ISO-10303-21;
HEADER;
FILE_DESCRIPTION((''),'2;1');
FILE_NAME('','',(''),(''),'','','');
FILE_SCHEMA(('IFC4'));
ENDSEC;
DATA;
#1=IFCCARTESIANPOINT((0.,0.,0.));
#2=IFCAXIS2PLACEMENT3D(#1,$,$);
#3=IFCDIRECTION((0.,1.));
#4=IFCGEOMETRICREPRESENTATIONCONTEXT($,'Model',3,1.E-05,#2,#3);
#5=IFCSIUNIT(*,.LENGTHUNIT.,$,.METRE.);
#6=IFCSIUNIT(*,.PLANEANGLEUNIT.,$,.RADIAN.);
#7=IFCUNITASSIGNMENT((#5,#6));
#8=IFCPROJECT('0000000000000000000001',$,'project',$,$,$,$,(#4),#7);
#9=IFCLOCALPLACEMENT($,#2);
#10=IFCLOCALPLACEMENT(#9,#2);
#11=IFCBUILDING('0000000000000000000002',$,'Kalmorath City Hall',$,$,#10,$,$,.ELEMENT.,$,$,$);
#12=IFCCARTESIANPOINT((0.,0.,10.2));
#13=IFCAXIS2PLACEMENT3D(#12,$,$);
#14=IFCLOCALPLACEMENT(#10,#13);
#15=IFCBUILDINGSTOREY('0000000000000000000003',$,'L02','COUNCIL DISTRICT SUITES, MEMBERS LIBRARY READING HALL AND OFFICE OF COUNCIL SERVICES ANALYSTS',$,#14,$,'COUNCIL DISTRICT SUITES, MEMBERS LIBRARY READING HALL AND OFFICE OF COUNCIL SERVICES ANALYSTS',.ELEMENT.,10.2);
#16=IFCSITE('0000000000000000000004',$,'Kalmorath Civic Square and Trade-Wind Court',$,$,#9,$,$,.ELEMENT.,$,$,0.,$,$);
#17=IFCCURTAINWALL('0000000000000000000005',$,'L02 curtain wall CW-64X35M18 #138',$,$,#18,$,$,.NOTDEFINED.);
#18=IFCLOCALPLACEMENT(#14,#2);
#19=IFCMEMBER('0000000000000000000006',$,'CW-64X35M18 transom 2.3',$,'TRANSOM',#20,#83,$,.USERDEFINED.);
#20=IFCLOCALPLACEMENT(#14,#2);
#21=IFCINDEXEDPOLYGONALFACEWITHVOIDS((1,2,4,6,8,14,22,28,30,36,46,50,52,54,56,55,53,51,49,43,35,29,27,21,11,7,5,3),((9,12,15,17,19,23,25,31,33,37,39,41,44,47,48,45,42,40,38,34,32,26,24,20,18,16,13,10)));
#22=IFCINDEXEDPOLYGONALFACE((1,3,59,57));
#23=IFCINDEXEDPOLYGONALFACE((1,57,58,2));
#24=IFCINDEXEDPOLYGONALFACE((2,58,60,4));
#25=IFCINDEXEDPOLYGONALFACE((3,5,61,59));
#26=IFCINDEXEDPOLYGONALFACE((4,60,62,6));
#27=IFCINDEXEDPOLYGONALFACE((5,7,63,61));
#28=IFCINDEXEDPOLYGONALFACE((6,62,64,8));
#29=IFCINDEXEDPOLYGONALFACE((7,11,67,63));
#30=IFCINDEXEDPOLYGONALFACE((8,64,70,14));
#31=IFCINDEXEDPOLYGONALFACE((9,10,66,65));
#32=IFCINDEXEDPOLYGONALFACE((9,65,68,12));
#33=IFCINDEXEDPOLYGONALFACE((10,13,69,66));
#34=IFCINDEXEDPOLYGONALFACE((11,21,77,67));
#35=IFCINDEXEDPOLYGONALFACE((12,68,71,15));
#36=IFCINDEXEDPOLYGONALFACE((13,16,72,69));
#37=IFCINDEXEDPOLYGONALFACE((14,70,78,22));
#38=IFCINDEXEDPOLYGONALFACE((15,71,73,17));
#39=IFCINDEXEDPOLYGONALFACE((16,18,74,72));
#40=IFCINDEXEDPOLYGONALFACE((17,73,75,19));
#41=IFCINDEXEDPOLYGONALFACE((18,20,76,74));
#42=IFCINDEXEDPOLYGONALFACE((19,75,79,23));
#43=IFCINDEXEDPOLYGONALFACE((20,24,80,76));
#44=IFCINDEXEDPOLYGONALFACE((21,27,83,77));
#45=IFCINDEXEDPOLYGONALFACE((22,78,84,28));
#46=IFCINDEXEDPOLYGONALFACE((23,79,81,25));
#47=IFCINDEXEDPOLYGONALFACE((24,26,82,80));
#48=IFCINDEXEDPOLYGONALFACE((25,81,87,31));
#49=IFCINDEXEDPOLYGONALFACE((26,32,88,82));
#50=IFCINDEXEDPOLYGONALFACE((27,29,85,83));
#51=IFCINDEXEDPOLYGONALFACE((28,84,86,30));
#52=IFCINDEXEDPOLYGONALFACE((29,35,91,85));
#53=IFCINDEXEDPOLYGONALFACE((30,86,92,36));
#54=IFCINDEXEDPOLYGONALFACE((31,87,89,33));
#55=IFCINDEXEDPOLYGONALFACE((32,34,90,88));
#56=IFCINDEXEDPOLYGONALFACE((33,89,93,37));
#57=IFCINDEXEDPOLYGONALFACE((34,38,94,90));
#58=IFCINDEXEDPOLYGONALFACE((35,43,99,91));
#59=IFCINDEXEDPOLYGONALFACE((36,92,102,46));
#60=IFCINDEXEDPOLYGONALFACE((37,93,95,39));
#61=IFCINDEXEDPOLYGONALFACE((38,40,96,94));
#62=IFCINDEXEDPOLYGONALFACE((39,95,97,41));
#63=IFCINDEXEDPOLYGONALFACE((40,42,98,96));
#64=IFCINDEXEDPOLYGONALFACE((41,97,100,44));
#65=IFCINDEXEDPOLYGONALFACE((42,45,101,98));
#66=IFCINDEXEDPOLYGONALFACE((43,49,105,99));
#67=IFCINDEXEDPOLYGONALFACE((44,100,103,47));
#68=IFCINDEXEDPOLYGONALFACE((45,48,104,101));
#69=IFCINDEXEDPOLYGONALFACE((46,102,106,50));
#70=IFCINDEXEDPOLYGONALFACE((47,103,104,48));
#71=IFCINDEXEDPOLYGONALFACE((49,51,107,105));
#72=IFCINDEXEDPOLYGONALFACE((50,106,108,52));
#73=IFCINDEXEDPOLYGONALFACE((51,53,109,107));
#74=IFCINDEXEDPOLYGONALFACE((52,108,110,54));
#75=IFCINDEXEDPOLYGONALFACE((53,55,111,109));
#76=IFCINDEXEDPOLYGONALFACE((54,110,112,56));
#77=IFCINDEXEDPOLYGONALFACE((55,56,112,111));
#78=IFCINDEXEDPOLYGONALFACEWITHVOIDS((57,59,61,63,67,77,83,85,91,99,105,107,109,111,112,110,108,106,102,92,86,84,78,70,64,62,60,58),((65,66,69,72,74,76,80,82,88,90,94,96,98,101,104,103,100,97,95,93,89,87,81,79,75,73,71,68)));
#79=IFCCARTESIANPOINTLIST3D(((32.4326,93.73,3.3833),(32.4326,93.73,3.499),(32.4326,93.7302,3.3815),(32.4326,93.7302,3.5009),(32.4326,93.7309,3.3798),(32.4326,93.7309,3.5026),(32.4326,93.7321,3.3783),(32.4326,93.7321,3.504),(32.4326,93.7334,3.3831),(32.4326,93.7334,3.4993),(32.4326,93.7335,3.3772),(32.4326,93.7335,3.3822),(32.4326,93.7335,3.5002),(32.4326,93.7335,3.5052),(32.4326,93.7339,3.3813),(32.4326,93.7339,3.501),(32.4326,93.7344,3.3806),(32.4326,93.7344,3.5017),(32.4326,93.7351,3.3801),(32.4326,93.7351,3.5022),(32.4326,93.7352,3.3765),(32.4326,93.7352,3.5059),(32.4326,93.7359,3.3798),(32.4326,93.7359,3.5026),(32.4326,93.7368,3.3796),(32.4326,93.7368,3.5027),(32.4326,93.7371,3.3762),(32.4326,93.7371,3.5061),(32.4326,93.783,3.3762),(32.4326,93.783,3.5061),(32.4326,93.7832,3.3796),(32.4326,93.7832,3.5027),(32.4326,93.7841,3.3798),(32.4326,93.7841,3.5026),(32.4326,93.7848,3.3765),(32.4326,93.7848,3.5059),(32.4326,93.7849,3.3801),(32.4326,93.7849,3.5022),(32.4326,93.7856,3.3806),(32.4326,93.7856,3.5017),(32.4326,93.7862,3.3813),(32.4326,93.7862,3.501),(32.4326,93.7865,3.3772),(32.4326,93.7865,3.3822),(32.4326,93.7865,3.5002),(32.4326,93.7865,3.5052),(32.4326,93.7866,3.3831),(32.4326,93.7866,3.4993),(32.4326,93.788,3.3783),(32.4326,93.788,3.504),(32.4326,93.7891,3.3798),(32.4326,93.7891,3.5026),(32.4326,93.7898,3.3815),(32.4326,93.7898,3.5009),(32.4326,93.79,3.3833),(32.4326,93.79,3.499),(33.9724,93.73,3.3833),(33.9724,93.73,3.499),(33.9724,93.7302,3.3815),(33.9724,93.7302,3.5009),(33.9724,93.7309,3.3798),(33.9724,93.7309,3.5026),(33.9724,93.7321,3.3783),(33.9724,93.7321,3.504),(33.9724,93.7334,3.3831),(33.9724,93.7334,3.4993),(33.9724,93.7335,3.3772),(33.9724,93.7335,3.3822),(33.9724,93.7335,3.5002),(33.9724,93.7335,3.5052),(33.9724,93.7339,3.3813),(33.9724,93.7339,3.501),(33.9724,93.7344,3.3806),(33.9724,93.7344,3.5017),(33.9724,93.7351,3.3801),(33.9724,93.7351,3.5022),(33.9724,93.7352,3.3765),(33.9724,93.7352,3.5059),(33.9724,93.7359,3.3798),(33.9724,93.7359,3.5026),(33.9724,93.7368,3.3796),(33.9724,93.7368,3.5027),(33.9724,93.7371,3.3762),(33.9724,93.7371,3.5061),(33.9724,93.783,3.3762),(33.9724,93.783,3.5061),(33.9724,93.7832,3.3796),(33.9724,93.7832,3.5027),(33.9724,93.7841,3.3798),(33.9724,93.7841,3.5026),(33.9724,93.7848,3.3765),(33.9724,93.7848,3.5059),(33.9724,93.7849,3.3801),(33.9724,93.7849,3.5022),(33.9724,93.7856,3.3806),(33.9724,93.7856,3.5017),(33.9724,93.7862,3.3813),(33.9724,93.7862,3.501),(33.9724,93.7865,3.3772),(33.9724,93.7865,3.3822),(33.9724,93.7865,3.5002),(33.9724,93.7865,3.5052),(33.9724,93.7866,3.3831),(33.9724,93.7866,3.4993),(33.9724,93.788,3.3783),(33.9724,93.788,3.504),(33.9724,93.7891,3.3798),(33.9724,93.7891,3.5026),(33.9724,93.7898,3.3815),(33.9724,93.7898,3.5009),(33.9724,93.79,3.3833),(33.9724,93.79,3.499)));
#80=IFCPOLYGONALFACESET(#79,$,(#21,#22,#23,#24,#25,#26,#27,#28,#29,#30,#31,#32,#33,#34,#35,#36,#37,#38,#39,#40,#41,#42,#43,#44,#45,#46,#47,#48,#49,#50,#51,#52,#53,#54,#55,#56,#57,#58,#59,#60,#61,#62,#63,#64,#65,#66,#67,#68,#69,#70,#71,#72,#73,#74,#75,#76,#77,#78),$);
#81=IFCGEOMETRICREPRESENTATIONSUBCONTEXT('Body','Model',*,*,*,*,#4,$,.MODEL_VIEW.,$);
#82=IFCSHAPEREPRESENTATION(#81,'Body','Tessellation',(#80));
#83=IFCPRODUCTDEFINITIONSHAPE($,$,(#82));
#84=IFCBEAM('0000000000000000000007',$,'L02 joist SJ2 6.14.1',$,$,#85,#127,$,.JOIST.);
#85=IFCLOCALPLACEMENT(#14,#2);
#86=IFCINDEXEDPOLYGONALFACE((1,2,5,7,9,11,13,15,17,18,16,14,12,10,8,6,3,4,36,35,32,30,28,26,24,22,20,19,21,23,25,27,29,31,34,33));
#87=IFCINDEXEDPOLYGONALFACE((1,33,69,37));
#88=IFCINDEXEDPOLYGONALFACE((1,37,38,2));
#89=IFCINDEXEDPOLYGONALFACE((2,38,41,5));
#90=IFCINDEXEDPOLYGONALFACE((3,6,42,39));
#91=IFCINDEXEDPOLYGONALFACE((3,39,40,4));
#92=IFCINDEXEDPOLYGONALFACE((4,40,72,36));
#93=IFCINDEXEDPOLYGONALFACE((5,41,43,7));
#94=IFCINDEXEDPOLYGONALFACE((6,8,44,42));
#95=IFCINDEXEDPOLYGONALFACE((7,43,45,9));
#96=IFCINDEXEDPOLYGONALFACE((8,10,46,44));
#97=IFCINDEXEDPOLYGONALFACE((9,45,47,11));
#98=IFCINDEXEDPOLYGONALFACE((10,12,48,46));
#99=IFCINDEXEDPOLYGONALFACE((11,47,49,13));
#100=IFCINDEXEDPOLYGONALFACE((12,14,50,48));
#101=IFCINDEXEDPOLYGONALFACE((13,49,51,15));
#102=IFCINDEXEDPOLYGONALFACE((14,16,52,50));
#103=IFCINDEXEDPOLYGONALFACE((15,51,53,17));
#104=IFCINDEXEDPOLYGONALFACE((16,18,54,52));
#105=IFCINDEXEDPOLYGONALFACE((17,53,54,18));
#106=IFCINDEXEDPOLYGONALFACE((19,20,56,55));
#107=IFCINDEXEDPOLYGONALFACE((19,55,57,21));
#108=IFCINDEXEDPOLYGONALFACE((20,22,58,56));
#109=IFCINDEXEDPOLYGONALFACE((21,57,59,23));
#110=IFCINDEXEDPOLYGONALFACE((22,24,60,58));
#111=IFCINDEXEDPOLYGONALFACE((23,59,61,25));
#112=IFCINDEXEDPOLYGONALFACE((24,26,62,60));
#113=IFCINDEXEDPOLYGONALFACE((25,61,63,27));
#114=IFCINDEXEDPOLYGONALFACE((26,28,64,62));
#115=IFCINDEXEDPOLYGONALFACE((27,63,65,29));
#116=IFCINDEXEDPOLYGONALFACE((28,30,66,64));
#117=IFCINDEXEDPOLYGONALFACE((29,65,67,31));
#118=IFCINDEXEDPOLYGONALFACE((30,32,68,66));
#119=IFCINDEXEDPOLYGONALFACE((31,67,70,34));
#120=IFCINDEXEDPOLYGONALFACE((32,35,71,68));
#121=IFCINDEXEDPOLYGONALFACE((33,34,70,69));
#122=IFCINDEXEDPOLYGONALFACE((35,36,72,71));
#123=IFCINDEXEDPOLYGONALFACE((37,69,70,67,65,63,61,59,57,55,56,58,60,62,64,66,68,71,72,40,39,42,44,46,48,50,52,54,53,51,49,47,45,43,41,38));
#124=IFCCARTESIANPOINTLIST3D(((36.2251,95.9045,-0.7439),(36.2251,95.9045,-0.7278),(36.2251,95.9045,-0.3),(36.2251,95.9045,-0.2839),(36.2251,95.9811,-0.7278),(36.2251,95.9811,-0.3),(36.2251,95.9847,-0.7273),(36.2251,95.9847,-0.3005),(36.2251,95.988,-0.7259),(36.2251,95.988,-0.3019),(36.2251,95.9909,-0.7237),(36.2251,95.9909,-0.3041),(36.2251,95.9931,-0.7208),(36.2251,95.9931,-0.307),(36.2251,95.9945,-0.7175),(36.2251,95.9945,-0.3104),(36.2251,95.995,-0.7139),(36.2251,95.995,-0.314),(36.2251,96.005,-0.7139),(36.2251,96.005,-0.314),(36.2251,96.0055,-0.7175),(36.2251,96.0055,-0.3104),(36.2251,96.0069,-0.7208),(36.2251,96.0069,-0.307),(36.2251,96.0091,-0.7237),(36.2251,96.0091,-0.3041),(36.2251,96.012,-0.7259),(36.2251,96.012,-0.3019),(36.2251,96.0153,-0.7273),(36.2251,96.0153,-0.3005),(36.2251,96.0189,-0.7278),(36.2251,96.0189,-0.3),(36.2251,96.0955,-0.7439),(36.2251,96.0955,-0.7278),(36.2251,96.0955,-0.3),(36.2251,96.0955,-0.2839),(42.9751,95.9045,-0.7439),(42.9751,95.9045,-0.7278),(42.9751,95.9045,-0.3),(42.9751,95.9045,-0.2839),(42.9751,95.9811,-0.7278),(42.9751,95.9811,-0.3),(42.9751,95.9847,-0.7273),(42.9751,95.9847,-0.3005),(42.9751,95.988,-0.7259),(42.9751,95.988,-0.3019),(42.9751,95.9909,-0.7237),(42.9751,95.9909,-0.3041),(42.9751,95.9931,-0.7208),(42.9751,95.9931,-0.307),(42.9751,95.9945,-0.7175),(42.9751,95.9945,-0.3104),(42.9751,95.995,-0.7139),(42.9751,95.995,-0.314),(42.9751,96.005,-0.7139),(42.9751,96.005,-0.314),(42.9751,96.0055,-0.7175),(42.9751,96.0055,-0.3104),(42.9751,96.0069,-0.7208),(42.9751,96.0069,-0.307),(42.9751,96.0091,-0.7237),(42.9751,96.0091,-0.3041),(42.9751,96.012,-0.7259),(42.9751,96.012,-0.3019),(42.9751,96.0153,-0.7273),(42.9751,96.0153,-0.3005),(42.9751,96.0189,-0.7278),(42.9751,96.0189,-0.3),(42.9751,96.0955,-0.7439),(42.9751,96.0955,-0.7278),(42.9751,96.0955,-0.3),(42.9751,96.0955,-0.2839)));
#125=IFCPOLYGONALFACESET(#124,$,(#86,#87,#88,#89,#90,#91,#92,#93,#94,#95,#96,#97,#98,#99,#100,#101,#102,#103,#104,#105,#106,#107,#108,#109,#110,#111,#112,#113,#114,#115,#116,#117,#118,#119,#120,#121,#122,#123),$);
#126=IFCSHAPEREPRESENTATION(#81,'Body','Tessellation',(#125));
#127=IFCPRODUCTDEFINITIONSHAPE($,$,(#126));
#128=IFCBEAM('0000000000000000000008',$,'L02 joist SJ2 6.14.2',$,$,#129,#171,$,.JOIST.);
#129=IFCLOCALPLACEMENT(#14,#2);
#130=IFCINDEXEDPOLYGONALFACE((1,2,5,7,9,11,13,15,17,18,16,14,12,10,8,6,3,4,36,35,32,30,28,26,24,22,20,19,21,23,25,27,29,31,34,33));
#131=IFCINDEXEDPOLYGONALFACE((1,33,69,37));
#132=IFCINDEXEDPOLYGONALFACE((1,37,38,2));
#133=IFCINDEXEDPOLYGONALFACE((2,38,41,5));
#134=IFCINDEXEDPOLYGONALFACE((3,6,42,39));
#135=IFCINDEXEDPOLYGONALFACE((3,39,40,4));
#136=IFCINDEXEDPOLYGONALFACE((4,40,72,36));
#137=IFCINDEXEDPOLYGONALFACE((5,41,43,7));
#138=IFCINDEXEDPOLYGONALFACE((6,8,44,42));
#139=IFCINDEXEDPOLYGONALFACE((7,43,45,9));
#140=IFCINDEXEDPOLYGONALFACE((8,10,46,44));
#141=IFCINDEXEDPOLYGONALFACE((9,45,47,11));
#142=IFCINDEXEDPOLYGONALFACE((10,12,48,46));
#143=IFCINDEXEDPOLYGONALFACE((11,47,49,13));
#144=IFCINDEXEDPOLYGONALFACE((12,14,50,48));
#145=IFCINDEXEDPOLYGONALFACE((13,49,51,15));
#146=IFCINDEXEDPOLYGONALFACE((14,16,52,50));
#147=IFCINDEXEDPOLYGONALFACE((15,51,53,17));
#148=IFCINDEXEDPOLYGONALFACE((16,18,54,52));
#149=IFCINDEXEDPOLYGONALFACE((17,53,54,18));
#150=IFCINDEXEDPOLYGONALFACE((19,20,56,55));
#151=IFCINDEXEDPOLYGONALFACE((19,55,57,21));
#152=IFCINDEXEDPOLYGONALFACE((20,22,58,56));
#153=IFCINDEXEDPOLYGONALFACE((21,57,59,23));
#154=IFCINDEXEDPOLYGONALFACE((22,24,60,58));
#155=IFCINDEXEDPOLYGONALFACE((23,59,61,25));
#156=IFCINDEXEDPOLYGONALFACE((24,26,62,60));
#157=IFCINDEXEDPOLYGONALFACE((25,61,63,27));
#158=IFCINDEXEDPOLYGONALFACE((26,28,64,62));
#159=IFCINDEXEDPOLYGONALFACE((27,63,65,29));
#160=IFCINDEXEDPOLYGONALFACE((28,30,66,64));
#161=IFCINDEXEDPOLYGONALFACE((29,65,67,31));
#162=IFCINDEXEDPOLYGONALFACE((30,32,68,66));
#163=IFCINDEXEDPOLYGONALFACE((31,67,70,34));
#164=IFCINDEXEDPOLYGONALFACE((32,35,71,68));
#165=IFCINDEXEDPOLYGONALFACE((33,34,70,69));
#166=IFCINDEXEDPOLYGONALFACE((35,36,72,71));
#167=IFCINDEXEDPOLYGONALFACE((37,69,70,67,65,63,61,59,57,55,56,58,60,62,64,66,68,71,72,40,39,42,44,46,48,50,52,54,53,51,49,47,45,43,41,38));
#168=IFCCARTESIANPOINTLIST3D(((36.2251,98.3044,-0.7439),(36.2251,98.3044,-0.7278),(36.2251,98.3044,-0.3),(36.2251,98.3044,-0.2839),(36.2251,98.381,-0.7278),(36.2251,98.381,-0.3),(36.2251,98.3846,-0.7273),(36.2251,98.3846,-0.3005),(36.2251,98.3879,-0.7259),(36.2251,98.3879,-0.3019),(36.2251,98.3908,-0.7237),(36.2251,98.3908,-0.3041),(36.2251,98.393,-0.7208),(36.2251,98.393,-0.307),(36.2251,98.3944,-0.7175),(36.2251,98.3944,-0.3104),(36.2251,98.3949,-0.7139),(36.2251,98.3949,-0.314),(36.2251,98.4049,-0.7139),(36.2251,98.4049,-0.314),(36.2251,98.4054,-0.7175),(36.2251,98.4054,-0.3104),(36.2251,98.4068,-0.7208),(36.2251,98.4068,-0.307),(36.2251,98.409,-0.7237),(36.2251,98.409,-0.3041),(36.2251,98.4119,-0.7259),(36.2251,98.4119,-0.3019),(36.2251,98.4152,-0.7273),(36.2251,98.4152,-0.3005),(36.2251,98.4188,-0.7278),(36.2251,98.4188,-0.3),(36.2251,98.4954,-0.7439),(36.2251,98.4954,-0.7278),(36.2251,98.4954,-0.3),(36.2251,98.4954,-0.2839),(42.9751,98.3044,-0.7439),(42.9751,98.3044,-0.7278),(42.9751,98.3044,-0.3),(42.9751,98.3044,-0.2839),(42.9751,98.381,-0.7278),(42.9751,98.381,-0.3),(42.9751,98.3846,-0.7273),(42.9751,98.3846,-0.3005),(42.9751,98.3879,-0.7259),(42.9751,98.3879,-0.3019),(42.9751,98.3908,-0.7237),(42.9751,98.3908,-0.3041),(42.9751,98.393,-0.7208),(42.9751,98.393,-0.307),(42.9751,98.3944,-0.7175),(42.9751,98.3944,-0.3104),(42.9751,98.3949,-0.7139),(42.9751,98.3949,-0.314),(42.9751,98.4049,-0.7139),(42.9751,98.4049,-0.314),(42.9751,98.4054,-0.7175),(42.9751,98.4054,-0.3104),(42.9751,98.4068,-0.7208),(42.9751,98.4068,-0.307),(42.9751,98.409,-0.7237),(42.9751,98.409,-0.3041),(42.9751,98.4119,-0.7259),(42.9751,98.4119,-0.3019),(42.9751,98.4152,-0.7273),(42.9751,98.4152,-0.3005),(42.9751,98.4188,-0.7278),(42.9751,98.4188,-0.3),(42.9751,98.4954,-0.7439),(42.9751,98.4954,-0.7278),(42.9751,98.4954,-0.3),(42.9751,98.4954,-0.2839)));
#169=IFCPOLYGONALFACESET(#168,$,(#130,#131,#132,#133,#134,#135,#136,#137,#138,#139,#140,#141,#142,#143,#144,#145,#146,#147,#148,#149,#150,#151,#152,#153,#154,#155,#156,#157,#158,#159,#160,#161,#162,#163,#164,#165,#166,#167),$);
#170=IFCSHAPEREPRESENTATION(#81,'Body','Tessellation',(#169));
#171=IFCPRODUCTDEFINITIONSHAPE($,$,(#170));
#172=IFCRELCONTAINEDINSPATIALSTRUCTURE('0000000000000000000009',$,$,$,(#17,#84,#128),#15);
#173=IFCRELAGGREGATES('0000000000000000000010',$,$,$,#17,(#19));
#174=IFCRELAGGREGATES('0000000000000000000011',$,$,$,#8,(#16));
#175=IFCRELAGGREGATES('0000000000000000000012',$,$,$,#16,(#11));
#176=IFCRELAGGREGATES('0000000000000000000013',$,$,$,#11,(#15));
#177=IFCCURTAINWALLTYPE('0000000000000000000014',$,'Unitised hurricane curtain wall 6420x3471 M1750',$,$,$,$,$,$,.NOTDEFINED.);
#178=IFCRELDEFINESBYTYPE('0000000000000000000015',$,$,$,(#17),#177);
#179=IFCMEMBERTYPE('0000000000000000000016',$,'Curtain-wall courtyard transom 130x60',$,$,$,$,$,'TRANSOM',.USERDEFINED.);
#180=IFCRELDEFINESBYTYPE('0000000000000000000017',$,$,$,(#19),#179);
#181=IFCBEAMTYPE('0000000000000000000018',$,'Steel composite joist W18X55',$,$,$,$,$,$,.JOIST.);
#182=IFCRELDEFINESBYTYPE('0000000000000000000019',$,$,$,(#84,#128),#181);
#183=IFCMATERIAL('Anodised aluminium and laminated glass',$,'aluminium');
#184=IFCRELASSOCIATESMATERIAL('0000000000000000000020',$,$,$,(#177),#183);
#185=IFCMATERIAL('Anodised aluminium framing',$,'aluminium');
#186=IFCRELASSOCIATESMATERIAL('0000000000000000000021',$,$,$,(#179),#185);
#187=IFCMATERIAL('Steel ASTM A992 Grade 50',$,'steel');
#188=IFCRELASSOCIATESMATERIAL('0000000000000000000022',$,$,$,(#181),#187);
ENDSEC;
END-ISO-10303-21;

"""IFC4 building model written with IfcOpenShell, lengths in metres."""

from ifc_helpers import new_model, si_unit, direction, frame, origin, origin_2d, place, context, subcontext, project, spatial, hollow_rectangle, i_section, extrude, material, material_profile, profile_set, type_object, element, aggregate, save


model = new_model("IFC4")

# Units and contexts
model_context = context("Model", 3, precision=1e-05, world=origin(), true_north=direction((0.0, 1.0)))
body_context = subcontext(model_context, "Body", "Model", "MODEL_VIEW")
ifc_project = project(units=[si_unit("LENGTHUNIT", "METRE"), si_unit("PLANEANGLEUNIT", "RADIAN")], contexts=[model_context])

# Site, building, storey
site_placement = place(None, origin())
site = spatial("IfcSite", under=ifc_project, at=site_placement, Name="Kalmorath Civic Square and Trade-Wind Court", CompositionType="ELEMENT", RefElevation=0.0)
building_placement = place(site_placement, origin())
building = spatial("IfcBuilding", under=site, at=building_placement, Name="Kalmorath City Hall", CompositionType="ELEMENT")
storey_placement = place(building_placement, frame((0.0, 0.0, 10.2)))
storey = spatial("IfcBuildingStorey", under=building, at=storey_placement, Name="L02", Description="COUNCIL DISTRICT SUITES, MEMBERS LIBRARY READING HALL AND OFFICE OF COUNCIL SERVICES ANALYSTS", LongName="COUNCIL DISTRICT SUITES, MEMBERS LIBRARY READING HALL AND OFFICE OF COUNCIL SERVICES ANALYSTS", CompositionType="ELEMENT", Elevation=10.2)

# Curtain wall
ifc_material_1 = material(Name="Anodised aluminium and laminated glass", Category="aluminium")
curtain_wall_type_1 = type_object("IfcCurtainWallType", Name="Unitised hurricane curtain wall 6420x3471 M1750", PredefinedType="NOTDEFINED", material=ifc_material_1)
curtain_wall_1_placement = place(storey_placement, origin())
curtain_wall_1 = element("IfcCurtainWall", 1, at=curtain_wall_1_placement, inside=storey, type_object=curtain_wall_type_1, Name="L02 curtain wall CW-64X35M18 #138", PredefinedType="NOTDEFINED")

# Member
ifc_material_2 = material(Name="Anodised aluminium framing", Category="aluminium")
ifc_material_profile_1 = material_profile(ifc_material_2, hollow_rectangle(XDim=0.0601, YDim=0.1299, WallThickness=0.0034, InnerFilletRadius=0.0034, OuterFilletRadius=0.0071, at=origin_2d()), Name="ALU-TRN-130X60X3.5")
ifc_profile_set_1 = profile_set([ifc_material_profile_1], Name="Anodised aluminium framing")
member_type_1 = type_object("IfcMemberType", Name="Curtain-wall courtyard transom 130x60", ElementType="TRANSOM", PredefinedType="USERDEFINED", material=ifc_profile_set_1)
member_1_placement = place(storey_placement, frame((33.9724, 93.76, 3.4412), z_axis=(-1.0, 0.0, 0.0), x_axis=(0.0, -1.0, 0.0)))
member_1 = element("IfcMember", 2, at=member_1_placement, type_object=member_type_1, Name="CW-64X35M18 transom 2.3", ObjectType="TRANSOM", PredefinedType="USERDEFINED", context=body_context, shape_type="SweptSolid", body=[
    extrude(hollow_rectangle(XDim=0.0601, YDim=0.1299, WallThickness=0.0034, InnerFilletRadius=0.0034, OuterFilletRadius=0.0071, at=origin_2d()), origin(), (0.0, 0.0, 1.0), 1.5398),
])

# Beams
ifc_material_3 = material(Name="Steel ASTM A992 Grade 50", Category="steel")
ifc_material_profile_2 = material_profile(ifc_material_3, i_section(OverallWidth=0.1909, OverallDepth=0.46, WebThickness=0.01, FlangeThickness=0.0161, FilletRadius=0.0139, at=origin_2d()), Name="W18X55")
ifc_profile_set_2 = profile_set([ifc_material_profile_2], Name="Steel ASTM A992 Grade 50")
beam_type_1 = type_object("IfcBeamType", Name="Steel composite joist W18X55", PredefinedType="JOIST", material=ifc_profile_set_2)
for number, where, z_axis, x_axis, name in (
    (3, (36.2251, 96.0, -0.5139), (1.0, 0.0, 0.0), (0.0, 1.0, 0.0), "L02 joist SJ2 6.14.1"),
    (4, (36.2251, 98.3999, -0.5139), (1.0, 0.0, 0.0), (0.0, 1.0, 0.0), "L02 joist SJ2 6.14.2"),
):
    element("IfcBeam", number, at=place(storey_placement, frame(where, z_axis=z_axis, x_axis=x_axis)), inside=storey, type_object=beam_type_1, Name=name, PredefinedType="JOIST", context=body_context, shape_type="SweptSolid", body=[
        extrude(i_section(OverallWidth=0.1909, OverallDepth=0.46, WebThickness=0.01, FlangeThickness=0.0161, FilletRadius=0.0139, at=origin_2d()), origin(), (0.0, 0.0, 1.0), 6.75),
    ])

aggregate(curtain_wall_1, [member_1])

save(model, "model.ifc")
